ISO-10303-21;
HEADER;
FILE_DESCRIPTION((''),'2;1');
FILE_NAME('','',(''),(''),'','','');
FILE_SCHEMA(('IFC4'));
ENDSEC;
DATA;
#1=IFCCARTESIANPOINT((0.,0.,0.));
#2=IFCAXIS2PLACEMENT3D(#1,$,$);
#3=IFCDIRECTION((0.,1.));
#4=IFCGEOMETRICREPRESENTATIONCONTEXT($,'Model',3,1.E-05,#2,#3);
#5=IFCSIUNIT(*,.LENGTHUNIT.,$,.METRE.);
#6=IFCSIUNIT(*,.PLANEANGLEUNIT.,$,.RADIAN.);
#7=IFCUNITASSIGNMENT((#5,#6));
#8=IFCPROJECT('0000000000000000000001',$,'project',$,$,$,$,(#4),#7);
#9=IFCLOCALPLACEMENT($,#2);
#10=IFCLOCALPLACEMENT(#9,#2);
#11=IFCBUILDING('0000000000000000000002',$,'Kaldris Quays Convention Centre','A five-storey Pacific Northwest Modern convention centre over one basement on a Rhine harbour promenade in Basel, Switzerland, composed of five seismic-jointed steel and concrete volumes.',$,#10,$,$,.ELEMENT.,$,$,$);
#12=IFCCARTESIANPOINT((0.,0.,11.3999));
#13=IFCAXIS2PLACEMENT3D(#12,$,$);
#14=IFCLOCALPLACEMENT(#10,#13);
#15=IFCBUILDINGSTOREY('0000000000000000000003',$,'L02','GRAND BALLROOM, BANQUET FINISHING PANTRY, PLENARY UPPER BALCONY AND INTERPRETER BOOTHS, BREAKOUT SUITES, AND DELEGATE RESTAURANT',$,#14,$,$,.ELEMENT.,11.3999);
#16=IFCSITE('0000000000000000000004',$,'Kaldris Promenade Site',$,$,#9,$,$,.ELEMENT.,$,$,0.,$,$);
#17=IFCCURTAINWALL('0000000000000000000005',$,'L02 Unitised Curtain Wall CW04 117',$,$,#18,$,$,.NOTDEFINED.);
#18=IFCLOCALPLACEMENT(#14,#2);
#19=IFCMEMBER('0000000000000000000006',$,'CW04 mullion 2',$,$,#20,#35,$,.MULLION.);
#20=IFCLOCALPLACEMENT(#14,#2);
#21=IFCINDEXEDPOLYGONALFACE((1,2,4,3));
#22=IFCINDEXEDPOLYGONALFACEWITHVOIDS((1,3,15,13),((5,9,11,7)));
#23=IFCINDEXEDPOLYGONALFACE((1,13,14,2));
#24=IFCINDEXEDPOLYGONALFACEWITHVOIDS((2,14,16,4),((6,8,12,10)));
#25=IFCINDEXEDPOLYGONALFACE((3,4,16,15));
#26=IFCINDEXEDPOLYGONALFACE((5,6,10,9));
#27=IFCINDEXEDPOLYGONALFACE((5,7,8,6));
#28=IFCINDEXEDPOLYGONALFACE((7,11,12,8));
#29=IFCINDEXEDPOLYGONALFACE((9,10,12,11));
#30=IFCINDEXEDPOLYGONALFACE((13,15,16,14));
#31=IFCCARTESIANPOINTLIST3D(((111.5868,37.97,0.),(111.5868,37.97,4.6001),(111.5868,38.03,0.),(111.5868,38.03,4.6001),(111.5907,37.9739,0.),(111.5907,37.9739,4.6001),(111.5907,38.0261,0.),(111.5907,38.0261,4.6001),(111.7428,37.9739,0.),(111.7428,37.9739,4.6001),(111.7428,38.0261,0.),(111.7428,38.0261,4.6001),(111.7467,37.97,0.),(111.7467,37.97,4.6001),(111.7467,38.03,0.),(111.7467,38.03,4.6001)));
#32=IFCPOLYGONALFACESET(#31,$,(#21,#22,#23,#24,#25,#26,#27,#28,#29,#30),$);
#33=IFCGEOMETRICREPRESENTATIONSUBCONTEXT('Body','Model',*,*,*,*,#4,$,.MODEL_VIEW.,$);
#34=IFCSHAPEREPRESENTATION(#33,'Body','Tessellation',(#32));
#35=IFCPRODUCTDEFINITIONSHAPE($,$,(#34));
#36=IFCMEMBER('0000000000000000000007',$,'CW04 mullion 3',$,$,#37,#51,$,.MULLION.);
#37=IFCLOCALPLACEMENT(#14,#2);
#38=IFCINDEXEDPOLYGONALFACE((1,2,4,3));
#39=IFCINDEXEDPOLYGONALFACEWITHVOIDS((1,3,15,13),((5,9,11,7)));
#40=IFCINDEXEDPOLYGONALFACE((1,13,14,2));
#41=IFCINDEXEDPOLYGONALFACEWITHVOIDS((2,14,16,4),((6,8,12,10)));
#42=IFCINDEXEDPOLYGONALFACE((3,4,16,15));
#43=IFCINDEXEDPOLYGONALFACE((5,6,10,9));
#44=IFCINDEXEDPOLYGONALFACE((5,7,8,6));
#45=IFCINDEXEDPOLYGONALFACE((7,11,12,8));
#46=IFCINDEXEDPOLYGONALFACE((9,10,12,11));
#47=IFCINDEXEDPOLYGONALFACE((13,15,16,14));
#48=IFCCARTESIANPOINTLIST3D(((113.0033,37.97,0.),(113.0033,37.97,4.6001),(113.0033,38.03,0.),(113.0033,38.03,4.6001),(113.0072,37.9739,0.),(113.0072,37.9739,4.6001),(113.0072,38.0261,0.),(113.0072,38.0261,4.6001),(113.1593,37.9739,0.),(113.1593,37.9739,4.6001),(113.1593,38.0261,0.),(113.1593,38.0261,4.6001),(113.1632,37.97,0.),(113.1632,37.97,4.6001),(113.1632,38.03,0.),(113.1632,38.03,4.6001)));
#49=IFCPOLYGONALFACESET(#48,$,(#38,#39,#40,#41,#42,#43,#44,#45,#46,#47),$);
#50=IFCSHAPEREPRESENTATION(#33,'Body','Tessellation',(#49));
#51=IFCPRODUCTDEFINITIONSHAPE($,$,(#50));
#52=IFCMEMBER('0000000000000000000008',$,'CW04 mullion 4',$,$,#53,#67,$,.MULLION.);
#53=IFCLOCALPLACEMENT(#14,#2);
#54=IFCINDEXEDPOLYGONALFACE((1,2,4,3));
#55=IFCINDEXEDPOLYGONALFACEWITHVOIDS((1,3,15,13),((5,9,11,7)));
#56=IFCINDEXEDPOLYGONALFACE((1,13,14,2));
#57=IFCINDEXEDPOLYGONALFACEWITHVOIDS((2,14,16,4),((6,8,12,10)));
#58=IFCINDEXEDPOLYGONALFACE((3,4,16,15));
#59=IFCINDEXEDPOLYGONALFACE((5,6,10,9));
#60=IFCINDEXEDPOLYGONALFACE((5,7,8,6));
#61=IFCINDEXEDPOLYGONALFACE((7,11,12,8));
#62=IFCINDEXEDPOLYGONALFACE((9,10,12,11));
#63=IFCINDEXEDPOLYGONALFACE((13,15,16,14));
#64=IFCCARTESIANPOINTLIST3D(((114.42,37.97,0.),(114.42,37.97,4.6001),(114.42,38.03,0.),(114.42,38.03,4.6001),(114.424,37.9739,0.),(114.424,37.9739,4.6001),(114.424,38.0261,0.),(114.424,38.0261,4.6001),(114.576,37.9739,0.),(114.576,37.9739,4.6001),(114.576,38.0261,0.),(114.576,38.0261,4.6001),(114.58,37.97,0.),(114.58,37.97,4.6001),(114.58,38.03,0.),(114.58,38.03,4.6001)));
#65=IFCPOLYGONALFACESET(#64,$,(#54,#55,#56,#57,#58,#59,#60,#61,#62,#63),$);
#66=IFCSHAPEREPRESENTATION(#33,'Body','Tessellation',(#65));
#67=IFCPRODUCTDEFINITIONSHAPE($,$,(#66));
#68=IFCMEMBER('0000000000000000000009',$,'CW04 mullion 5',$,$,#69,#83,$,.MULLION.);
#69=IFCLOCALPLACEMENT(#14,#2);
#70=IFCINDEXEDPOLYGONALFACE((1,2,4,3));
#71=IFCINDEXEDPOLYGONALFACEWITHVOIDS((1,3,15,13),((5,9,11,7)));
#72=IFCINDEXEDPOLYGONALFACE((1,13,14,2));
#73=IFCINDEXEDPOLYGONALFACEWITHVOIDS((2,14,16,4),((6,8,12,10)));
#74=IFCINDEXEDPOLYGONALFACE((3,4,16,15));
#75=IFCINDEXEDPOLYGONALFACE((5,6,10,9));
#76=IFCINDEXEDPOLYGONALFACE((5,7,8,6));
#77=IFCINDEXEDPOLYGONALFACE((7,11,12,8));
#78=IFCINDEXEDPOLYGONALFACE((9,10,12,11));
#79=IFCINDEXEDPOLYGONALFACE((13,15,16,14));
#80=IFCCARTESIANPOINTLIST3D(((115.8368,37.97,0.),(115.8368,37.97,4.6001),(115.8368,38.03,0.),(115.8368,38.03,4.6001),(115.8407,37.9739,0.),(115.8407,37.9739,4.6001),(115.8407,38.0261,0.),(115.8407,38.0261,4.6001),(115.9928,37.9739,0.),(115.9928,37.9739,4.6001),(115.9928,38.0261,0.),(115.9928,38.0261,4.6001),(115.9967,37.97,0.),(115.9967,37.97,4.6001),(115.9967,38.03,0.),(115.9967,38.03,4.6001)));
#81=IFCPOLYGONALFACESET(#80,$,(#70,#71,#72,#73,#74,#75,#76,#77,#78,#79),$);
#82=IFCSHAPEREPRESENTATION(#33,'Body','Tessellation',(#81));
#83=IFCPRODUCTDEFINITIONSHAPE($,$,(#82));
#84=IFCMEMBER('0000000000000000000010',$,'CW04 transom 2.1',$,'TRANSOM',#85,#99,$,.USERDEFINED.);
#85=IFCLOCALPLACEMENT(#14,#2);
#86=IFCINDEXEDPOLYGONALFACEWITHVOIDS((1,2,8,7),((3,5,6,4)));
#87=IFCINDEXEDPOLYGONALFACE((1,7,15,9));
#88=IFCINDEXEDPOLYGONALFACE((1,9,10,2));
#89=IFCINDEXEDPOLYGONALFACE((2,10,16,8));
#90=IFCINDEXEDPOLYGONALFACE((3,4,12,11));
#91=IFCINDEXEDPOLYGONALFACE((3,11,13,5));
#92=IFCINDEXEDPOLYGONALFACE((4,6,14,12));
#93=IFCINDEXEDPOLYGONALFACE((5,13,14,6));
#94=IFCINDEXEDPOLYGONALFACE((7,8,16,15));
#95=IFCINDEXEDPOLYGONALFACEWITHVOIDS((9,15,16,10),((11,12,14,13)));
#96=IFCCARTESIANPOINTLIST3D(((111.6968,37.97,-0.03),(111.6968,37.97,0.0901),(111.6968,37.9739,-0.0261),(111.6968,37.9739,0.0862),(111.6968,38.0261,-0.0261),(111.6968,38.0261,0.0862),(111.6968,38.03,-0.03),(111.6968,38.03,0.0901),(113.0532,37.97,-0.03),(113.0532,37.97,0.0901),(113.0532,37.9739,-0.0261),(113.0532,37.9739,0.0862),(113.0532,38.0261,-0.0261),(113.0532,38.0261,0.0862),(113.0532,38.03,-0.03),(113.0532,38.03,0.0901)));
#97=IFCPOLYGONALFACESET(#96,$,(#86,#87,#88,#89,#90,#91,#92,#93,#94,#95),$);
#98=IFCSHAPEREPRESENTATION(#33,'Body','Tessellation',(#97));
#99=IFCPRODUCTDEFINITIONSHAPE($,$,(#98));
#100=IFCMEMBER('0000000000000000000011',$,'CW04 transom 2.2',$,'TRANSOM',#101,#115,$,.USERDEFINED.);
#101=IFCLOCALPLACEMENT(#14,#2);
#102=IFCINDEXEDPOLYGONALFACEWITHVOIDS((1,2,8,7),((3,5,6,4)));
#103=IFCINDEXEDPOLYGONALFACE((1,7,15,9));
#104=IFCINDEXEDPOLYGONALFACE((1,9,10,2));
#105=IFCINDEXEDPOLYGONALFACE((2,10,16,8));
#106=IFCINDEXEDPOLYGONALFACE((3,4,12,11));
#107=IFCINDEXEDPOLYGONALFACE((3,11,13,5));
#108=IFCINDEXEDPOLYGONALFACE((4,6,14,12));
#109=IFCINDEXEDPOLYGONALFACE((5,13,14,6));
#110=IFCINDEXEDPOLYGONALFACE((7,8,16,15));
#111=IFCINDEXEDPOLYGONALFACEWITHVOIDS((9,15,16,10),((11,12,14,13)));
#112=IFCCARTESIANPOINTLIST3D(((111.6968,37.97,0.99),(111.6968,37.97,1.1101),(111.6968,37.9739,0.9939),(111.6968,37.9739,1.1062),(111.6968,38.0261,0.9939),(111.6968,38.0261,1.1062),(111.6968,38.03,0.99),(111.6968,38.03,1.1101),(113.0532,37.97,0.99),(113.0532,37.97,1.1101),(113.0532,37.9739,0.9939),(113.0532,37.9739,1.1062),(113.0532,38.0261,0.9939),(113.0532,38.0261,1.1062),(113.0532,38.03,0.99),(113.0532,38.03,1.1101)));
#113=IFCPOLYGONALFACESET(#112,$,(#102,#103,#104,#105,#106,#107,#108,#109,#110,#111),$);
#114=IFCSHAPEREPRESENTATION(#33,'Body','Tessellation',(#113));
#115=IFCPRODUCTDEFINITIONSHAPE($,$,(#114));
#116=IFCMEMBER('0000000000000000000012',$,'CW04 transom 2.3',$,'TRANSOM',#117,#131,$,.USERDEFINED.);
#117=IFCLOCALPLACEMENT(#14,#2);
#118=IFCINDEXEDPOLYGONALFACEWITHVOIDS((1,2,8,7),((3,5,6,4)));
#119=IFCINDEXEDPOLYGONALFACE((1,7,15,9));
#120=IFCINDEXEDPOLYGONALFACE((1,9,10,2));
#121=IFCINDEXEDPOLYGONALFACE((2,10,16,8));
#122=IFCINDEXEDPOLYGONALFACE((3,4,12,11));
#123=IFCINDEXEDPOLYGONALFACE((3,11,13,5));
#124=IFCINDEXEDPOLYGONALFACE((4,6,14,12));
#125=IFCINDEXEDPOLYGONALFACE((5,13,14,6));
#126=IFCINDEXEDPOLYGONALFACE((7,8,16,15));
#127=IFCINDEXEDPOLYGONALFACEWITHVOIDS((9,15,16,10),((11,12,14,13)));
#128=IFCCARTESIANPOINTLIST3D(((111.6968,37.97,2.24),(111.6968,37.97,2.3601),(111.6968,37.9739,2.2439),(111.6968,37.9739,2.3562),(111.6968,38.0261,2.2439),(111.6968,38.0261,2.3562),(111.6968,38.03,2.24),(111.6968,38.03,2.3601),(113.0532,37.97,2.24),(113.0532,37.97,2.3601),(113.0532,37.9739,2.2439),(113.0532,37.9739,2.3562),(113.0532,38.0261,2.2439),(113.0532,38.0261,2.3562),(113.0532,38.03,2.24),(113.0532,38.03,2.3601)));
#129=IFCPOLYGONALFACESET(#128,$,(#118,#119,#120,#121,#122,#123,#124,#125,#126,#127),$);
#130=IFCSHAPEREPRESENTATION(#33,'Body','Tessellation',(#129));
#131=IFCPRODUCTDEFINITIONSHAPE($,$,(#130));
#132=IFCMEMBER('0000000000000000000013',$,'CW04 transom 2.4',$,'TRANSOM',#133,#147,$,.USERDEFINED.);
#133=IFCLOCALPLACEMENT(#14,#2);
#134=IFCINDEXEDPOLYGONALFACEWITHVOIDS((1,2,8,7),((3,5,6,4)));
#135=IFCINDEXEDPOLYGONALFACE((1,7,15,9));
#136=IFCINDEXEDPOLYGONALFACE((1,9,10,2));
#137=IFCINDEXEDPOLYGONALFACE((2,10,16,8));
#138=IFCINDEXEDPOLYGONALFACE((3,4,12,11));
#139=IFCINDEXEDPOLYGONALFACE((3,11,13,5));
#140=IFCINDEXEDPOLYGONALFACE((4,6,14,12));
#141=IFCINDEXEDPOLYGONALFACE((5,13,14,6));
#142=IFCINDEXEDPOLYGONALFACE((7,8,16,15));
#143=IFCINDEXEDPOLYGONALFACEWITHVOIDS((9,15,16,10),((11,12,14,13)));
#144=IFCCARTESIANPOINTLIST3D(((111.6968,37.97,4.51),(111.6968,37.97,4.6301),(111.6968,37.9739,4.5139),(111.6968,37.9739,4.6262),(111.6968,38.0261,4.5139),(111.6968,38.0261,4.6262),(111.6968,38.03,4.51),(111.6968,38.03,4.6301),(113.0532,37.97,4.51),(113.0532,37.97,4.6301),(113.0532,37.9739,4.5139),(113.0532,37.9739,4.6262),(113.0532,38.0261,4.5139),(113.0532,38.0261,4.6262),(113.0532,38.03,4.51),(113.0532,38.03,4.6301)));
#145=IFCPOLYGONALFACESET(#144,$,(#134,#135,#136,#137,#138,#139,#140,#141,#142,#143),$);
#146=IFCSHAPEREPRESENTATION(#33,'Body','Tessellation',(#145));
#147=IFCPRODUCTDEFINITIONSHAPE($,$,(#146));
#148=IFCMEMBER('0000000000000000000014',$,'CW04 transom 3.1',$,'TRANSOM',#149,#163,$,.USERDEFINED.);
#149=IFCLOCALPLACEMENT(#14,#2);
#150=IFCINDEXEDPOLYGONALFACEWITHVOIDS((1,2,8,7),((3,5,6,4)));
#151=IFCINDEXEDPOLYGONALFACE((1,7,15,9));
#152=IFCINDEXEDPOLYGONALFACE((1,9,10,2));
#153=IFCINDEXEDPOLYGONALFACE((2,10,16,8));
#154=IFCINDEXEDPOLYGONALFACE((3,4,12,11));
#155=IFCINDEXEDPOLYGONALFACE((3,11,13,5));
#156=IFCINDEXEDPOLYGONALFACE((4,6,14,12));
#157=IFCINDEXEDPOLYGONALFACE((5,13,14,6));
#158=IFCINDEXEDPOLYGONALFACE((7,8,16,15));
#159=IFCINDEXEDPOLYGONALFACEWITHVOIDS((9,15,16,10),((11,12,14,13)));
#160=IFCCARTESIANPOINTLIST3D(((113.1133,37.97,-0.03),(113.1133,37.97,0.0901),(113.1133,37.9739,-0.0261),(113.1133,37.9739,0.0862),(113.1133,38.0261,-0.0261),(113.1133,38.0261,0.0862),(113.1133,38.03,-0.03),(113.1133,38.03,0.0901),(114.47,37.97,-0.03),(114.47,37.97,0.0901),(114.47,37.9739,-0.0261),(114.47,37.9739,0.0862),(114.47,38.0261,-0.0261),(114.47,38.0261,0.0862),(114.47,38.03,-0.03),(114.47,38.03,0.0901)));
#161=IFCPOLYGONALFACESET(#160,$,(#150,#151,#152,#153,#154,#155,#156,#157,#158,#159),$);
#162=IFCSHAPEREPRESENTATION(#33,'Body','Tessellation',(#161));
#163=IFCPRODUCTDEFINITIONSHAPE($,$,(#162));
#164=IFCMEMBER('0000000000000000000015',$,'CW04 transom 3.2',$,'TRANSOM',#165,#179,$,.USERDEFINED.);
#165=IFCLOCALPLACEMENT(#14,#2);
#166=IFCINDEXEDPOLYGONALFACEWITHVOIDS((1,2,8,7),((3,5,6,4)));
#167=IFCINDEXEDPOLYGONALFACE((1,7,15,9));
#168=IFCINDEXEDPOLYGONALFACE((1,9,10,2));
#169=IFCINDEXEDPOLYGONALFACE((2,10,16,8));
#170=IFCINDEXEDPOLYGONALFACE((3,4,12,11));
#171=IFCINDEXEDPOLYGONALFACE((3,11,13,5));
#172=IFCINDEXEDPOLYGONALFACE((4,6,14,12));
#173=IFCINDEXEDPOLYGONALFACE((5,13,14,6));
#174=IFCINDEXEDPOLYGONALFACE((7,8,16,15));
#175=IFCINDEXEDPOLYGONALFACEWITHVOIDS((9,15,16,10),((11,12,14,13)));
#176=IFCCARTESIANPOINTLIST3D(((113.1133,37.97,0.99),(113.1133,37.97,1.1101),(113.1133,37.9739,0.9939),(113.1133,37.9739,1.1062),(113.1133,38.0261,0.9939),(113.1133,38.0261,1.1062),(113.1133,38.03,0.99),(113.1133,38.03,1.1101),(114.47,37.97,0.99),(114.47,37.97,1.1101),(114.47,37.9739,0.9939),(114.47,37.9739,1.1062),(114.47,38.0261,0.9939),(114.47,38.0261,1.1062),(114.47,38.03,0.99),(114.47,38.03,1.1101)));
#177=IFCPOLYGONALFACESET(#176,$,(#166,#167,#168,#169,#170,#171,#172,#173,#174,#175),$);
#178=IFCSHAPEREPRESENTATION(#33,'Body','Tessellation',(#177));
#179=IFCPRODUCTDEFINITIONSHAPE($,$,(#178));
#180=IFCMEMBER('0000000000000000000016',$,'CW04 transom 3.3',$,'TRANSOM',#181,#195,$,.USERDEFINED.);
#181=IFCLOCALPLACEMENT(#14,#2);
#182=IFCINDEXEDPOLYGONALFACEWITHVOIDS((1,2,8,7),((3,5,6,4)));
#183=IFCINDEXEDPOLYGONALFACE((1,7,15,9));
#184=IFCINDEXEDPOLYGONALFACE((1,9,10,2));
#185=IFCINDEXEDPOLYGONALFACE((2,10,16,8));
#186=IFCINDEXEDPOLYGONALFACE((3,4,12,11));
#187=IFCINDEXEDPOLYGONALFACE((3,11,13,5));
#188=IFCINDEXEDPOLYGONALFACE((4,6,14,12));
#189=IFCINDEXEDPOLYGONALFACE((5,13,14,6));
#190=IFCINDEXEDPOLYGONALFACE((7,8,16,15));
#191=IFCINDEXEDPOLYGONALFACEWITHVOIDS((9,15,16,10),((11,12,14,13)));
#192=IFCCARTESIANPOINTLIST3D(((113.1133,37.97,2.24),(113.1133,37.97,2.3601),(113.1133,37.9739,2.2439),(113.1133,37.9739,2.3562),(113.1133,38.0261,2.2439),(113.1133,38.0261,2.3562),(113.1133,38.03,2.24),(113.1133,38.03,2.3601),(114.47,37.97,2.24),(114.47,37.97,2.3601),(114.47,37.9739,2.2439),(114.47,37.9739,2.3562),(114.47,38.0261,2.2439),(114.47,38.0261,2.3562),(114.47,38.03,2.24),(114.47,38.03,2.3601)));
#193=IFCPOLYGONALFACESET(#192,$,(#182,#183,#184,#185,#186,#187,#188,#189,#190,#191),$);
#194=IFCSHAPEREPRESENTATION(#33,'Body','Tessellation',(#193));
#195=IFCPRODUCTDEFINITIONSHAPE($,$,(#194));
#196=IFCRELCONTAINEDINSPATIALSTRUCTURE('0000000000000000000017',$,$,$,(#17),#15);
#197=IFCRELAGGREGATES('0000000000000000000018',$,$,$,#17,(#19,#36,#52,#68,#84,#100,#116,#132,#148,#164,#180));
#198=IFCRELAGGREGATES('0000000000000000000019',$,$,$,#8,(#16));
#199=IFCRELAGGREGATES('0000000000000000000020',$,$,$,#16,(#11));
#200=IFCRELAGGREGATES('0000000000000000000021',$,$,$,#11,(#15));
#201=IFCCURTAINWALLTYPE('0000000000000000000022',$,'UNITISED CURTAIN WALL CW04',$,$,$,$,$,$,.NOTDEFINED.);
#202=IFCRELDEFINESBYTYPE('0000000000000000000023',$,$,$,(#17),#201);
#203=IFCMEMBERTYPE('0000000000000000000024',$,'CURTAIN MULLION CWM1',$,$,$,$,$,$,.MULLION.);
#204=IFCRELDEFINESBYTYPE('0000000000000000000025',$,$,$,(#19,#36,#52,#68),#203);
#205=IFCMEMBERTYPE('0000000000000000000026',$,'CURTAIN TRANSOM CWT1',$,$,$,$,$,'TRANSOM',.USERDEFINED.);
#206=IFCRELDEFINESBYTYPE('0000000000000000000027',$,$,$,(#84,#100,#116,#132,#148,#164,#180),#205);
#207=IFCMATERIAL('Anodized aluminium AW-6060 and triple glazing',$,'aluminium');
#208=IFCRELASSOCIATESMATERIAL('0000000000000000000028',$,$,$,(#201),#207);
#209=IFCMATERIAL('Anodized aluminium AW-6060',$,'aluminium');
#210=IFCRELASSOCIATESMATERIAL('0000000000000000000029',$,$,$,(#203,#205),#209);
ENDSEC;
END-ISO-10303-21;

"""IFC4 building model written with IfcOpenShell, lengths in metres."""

from ifc_helpers import new_model, si_unit, direction, frame, origin, origin_2d, place, context, subcontext, project, spatial, hollow_rectangle, extrude, material, material_profile, profile_set, type_object, element, aggregate, save


model = new_model("IFC4")

# Units and contexts
model_context = context("Model", 3, precision=1e-05, world=origin(), true_north=direction((0.0, 1.0)))
body_context = subcontext(model_context, "Body", "Model", "MODEL_VIEW")
ifc_project = project(units=[si_unit("LENGTHUNIT", "METRE"), si_unit("PLANEANGLEUNIT", "RADIAN")], contexts=[model_context])

# Site, building, storey
site_placement = place(None, origin())
site = spatial("IfcSite", under=ifc_project, at=site_placement, Name="Kaldris Promenade Site", CompositionType="ELEMENT", RefElevation=0.0)
building_placement = place(site_placement, origin())
building = spatial("IfcBuilding", under=site, at=building_placement, Name="Kaldris Quays Convention Centre", Description="A five-storey Pacific Northwest Modern convention centre over one basement on a Rhine harbour promenade in Basel, Switzerland, composed of five seismic-jointed steel and concrete volumes.", CompositionType="ELEMENT")
storey_placement = place(building_placement, frame((0.0, 0.0, 11.3999)))
storey = spatial("IfcBuildingStorey", under=building, at=storey_placement, Name="L02", Description="GRAND BALLROOM, BANQUET FINISHING PANTRY, PLENARY UPPER BALCONY AND INTERPRETER BOOTHS, BREAKOUT SUITES, AND DELEGATE RESTAURANT", CompositionType="ELEMENT", Elevation=11.3999)

# Curtain wall, members
ifc_material_1 = material(Name="Anodized aluminium AW-6060 and triple glazing", Category="aluminium")
curtain_wall_type = type_object("IfcCurtainWallType", Name="UNITISED CURTAIN WALL CW04", PredefinedType="NOTDEFINED", material=ifc_material_1)
curtain_wall_placement = place(storey_placement, origin())
curtain_wall = element("IfcCurtainWall", 1, at=curtain_wall_placement, inside=storey, type_object=curtain_wall_type, Name="L02 Unitised Curtain Wall CW04 117", PredefinedType="NOTDEFINED")
ifc_material_2 = material(Name="Anodized aluminium AW-6060", Category="aluminium")
ifc_material_profile_1 = material_profile(ifc_material_2, hollow_rectangle(XDim=0.0601, YDim=0.1599, WallThickness=0.0039, at=origin_2d()), Name="RHS 160x60x4")
ifc_profile_set_1 = profile_set([ifc_material_profile_1], Name="Anodized aluminium AW-6060")
member_type_1 = type_object("IfcMemberType", Name="CURTAIN MULLION CWM1", PredefinedType="MULLION", material=ifc_profile_set_1)
member_1_placement = place(storey_placement, frame((111.6667, 38.0, 0.0), z_axis=(0.0, 0.0, 1.0), x_axis=(0.0, 1.0, 0.0)))
member_1 = element("IfcMember", 2, at=member_1_placement, type_object=member_type_1, Name="CW04 mullion 2", PredefinedType="MULLION", context=body_context, shape_type="SweptSolid", body=[
    extrude(hollow_rectangle(XDim=0.0601, YDim=0.1599, WallThickness=0.0039, at=origin_2d()), origin(), (0.0, 0.0, 1.0), 4.6001),
])
member_2_placement = place(storey_placement, frame((113.0833, 38.0, 0.0), z_axis=(0.0, 0.0, 1.0), x_axis=(0.0, 1.0, 0.0)))
member_2 = element("IfcMember", 3, at=member_2_placement, type_object=member_type_1, Name="CW04 mullion 3", PredefinedType="MULLION", context=body_context, shape_type="SweptSolid", body=[
    extrude(hollow_rectangle(XDim=0.0601, YDim=0.1599, WallThickness=0.0039, at=origin_2d()), origin(), (0.0, 0.0, 1.0), 4.6001),
])
member_3_placement = place(storey_placement, frame((114.5, 38.0, 0.0), z_axis=(0.0, 0.0, 1.0), x_axis=(0.0, 1.0, 0.0)))
member_3 = element("IfcMember", 4, at=member_3_placement, type_object=member_type_1, Name="CW04 mullion 4", PredefinedType="MULLION", context=body_context, shape_type="SweptSolid", body=[
    extrude(hollow_rectangle(XDim=0.0601, YDim=0.1599, WallThickness=0.0039, at=origin_2d()), origin(), (0.0, 0.0, 1.0), 4.6001),
])
member_4_placement = place(storey_placement, frame((115.9167, 38.0, 0.0), z_axis=(0.0, 0.0, 1.0), x_axis=(0.0, 1.0, 0.0)))
member_4 = element("IfcMember", 5, at=member_4_placement, type_object=member_type_1, Name="CW04 mullion 5", PredefinedType="MULLION", context=body_context, shape_type="SweptSolid", body=[
    extrude(hollow_rectangle(XDim=0.0601, YDim=0.1599, WallThickness=0.0039, at=origin_2d()), origin(), (0.0, 0.0, 1.0), 4.6001),
])
ifc_material_profile_2 = material_profile(ifc_material_2, hollow_rectangle(XDim=0.0601, YDim=0.1201, WallThickness=0.0039, at=origin_2d()), Name="RHS 120x60x4")
ifc_profile_set_2 = profile_set([ifc_material_profile_2], Name="Anodized aluminium AW-6060")
member_type_2 = type_object("IfcMemberType", Name="CURTAIN TRANSOM CWT1", ElementType="TRANSOM", PredefinedType="USERDEFINED", material=ifc_profile_set_2)
member_5_placement = place(storey_placement, frame((111.6968, 38.0, 0.03), z_axis=(1.0, 0.0, 0.0), x_axis=(0.0, 1.0, 0.0)))
member_5 = element("IfcMember", 6, at=member_5_placement, type_object=member_type_2, Name="CW04 transom 2.1", ObjectType="TRANSOM", PredefinedType="USERDEFINED", context=body_context, shape_type="SweptSolid", body=[
    extrude(hollow_rectangle(XDim=0.0601, YDim=0.1201, WallThickness=0.0039, at=origin_2d()), origin(), (0.0, 0.0, 1.0), 1.3564),
])
member_6_placement = place(storey_placement, frame((111.6968, 38.0, 1.05), z_axis=(1.0, 0.0, 0.0), x_axis=(0.0, 1.0, 0.0)))
member_6 = element("IfcMember", 7, at=member_6_placement, type_object=member_type_2, Name="CW04 transom 2.2", ObjectType="TRANSOM", PredefinedType="USERDEFINED", context=body_context, shape_type="SweptSolid", body=[
    extrude(hollow_rectangle(XDim=0.0601, YDim=0.1201, WallThickness=0.0039, at=origin_2d()), origin(), (0.0, 0.0, 1.0), 1.3564),
])
member_7_placement = place(storey_placement, frame((111.6968, 38.0, 2.3), z_axis=(1.0, 0.0, 0.0), x_axis=(0.0, 1.0, 0.0)))
member_7 = element("IfcMember", 8, at=member_7_placement, type_object=member_type_2, Name="CW04 transom 2.3", ObjectType="TRANSOM", PredefinedType="USERDEFINED", context=body_context, shape_type="SweptSolid", body=[
    extrude(hollow_rectangle(XDim=0.0601, YDim=0.1201, WallThickness=0.0039, at=origin_2d()), origin(), (0.0, 0.0, 1.0), 1.3564),
])
member_8_placement = place(storey_placement, frame((111.6968, 38.0, 4.5701), z_axis=(1.0, 0.0, 0.0), x_axis=(0.0, 1.0, 0.0)))
member_8 = element("IfcMember", 9, at=member_8_placement, type_object=member_type_2, Name="CW04 transom 2.4", ObjectType="TRANSOM", PredefinedType="USERDEFINED", context=body_context, shape_type="SweptSolid", body=[
    extrude(hollow_rectangle(XDim=0.0601, YDim=0.1201, WallThickness=0.0039, at=origin_2d()), origin(), (0.0, 0.0, 1.0), 1.3564),
])
member_9_placement = place(storey_placement, frame((113.1133, 38.0, 0.03), z_axis=(1.0, 0.0, 0.0), x_axis=(0.0, 1.0, 0.0)))
member_9 = element("IfcMember", 10, at=member_9_placement, type_object=member_type_2, Name="CW04 transom 3.1", ObjectType="TRANSOM", PredefinedType="USERDEFINED", context=body_context, shape_type="SweptSolid", body=[
    extrude(hollow_rectangle(XDim=0.0601, YDim=0.1201, WallThickness=0.0039, at=origin_2d()), origin(), (0.0, 0.0, 1.0), 1.3567),
])
member_10_placement = place(storey_placement, frame((113.1133, 38.0, 1.05), z_axis=(1.0, 0.0, 0.0), x_axis=(0.0, 1.0, 0.0)))
member_10 = element("IfcMember", 11, at=member_10_placement, type_object=member_type_2, Name="CW04 transom 3.2", ObjectType="TRANSOM", PredefinedType="USERDEFINED", context=body_context, shape_type="SweptSolid", body=[
    extrude(hollow_rectangle(XDim=0.0601, YDim=0.1201, WallThickness=0.0039, at=origin_2d()), origin(), (0.0, 0.0, 1.0), 1.3567),
])
member_11_placement = place(storey_placement, frame((113.1133, 38.0, 2.3), z_axis=(1.0, 0.0, 0.0), x_axis=(0.0, 1.0, 0.0)))
member_11 = element("IfcMember", 12, at=member_11_placement, type_object=member_type_2, Name="CW04 transom 3.3", ObjectType="TRANSOM", PredefinedType="USERDEFINED", context=body_context, shape_type="SweptSolid", body=[
    extrude(hollow_rectangle(XDim=0.0601, YDim=0.1201, WallThickness=0.0039, at=origin_2d()), origin(), (0.0, 0.0, 1.0), 1.3567),
])
aggregate(curtain_wall, [member_1, member_2, member_3, member_4, member_5, member_6, member_7, member_8, member_9, member_10, member_11])

save(model, "model.ifc")
